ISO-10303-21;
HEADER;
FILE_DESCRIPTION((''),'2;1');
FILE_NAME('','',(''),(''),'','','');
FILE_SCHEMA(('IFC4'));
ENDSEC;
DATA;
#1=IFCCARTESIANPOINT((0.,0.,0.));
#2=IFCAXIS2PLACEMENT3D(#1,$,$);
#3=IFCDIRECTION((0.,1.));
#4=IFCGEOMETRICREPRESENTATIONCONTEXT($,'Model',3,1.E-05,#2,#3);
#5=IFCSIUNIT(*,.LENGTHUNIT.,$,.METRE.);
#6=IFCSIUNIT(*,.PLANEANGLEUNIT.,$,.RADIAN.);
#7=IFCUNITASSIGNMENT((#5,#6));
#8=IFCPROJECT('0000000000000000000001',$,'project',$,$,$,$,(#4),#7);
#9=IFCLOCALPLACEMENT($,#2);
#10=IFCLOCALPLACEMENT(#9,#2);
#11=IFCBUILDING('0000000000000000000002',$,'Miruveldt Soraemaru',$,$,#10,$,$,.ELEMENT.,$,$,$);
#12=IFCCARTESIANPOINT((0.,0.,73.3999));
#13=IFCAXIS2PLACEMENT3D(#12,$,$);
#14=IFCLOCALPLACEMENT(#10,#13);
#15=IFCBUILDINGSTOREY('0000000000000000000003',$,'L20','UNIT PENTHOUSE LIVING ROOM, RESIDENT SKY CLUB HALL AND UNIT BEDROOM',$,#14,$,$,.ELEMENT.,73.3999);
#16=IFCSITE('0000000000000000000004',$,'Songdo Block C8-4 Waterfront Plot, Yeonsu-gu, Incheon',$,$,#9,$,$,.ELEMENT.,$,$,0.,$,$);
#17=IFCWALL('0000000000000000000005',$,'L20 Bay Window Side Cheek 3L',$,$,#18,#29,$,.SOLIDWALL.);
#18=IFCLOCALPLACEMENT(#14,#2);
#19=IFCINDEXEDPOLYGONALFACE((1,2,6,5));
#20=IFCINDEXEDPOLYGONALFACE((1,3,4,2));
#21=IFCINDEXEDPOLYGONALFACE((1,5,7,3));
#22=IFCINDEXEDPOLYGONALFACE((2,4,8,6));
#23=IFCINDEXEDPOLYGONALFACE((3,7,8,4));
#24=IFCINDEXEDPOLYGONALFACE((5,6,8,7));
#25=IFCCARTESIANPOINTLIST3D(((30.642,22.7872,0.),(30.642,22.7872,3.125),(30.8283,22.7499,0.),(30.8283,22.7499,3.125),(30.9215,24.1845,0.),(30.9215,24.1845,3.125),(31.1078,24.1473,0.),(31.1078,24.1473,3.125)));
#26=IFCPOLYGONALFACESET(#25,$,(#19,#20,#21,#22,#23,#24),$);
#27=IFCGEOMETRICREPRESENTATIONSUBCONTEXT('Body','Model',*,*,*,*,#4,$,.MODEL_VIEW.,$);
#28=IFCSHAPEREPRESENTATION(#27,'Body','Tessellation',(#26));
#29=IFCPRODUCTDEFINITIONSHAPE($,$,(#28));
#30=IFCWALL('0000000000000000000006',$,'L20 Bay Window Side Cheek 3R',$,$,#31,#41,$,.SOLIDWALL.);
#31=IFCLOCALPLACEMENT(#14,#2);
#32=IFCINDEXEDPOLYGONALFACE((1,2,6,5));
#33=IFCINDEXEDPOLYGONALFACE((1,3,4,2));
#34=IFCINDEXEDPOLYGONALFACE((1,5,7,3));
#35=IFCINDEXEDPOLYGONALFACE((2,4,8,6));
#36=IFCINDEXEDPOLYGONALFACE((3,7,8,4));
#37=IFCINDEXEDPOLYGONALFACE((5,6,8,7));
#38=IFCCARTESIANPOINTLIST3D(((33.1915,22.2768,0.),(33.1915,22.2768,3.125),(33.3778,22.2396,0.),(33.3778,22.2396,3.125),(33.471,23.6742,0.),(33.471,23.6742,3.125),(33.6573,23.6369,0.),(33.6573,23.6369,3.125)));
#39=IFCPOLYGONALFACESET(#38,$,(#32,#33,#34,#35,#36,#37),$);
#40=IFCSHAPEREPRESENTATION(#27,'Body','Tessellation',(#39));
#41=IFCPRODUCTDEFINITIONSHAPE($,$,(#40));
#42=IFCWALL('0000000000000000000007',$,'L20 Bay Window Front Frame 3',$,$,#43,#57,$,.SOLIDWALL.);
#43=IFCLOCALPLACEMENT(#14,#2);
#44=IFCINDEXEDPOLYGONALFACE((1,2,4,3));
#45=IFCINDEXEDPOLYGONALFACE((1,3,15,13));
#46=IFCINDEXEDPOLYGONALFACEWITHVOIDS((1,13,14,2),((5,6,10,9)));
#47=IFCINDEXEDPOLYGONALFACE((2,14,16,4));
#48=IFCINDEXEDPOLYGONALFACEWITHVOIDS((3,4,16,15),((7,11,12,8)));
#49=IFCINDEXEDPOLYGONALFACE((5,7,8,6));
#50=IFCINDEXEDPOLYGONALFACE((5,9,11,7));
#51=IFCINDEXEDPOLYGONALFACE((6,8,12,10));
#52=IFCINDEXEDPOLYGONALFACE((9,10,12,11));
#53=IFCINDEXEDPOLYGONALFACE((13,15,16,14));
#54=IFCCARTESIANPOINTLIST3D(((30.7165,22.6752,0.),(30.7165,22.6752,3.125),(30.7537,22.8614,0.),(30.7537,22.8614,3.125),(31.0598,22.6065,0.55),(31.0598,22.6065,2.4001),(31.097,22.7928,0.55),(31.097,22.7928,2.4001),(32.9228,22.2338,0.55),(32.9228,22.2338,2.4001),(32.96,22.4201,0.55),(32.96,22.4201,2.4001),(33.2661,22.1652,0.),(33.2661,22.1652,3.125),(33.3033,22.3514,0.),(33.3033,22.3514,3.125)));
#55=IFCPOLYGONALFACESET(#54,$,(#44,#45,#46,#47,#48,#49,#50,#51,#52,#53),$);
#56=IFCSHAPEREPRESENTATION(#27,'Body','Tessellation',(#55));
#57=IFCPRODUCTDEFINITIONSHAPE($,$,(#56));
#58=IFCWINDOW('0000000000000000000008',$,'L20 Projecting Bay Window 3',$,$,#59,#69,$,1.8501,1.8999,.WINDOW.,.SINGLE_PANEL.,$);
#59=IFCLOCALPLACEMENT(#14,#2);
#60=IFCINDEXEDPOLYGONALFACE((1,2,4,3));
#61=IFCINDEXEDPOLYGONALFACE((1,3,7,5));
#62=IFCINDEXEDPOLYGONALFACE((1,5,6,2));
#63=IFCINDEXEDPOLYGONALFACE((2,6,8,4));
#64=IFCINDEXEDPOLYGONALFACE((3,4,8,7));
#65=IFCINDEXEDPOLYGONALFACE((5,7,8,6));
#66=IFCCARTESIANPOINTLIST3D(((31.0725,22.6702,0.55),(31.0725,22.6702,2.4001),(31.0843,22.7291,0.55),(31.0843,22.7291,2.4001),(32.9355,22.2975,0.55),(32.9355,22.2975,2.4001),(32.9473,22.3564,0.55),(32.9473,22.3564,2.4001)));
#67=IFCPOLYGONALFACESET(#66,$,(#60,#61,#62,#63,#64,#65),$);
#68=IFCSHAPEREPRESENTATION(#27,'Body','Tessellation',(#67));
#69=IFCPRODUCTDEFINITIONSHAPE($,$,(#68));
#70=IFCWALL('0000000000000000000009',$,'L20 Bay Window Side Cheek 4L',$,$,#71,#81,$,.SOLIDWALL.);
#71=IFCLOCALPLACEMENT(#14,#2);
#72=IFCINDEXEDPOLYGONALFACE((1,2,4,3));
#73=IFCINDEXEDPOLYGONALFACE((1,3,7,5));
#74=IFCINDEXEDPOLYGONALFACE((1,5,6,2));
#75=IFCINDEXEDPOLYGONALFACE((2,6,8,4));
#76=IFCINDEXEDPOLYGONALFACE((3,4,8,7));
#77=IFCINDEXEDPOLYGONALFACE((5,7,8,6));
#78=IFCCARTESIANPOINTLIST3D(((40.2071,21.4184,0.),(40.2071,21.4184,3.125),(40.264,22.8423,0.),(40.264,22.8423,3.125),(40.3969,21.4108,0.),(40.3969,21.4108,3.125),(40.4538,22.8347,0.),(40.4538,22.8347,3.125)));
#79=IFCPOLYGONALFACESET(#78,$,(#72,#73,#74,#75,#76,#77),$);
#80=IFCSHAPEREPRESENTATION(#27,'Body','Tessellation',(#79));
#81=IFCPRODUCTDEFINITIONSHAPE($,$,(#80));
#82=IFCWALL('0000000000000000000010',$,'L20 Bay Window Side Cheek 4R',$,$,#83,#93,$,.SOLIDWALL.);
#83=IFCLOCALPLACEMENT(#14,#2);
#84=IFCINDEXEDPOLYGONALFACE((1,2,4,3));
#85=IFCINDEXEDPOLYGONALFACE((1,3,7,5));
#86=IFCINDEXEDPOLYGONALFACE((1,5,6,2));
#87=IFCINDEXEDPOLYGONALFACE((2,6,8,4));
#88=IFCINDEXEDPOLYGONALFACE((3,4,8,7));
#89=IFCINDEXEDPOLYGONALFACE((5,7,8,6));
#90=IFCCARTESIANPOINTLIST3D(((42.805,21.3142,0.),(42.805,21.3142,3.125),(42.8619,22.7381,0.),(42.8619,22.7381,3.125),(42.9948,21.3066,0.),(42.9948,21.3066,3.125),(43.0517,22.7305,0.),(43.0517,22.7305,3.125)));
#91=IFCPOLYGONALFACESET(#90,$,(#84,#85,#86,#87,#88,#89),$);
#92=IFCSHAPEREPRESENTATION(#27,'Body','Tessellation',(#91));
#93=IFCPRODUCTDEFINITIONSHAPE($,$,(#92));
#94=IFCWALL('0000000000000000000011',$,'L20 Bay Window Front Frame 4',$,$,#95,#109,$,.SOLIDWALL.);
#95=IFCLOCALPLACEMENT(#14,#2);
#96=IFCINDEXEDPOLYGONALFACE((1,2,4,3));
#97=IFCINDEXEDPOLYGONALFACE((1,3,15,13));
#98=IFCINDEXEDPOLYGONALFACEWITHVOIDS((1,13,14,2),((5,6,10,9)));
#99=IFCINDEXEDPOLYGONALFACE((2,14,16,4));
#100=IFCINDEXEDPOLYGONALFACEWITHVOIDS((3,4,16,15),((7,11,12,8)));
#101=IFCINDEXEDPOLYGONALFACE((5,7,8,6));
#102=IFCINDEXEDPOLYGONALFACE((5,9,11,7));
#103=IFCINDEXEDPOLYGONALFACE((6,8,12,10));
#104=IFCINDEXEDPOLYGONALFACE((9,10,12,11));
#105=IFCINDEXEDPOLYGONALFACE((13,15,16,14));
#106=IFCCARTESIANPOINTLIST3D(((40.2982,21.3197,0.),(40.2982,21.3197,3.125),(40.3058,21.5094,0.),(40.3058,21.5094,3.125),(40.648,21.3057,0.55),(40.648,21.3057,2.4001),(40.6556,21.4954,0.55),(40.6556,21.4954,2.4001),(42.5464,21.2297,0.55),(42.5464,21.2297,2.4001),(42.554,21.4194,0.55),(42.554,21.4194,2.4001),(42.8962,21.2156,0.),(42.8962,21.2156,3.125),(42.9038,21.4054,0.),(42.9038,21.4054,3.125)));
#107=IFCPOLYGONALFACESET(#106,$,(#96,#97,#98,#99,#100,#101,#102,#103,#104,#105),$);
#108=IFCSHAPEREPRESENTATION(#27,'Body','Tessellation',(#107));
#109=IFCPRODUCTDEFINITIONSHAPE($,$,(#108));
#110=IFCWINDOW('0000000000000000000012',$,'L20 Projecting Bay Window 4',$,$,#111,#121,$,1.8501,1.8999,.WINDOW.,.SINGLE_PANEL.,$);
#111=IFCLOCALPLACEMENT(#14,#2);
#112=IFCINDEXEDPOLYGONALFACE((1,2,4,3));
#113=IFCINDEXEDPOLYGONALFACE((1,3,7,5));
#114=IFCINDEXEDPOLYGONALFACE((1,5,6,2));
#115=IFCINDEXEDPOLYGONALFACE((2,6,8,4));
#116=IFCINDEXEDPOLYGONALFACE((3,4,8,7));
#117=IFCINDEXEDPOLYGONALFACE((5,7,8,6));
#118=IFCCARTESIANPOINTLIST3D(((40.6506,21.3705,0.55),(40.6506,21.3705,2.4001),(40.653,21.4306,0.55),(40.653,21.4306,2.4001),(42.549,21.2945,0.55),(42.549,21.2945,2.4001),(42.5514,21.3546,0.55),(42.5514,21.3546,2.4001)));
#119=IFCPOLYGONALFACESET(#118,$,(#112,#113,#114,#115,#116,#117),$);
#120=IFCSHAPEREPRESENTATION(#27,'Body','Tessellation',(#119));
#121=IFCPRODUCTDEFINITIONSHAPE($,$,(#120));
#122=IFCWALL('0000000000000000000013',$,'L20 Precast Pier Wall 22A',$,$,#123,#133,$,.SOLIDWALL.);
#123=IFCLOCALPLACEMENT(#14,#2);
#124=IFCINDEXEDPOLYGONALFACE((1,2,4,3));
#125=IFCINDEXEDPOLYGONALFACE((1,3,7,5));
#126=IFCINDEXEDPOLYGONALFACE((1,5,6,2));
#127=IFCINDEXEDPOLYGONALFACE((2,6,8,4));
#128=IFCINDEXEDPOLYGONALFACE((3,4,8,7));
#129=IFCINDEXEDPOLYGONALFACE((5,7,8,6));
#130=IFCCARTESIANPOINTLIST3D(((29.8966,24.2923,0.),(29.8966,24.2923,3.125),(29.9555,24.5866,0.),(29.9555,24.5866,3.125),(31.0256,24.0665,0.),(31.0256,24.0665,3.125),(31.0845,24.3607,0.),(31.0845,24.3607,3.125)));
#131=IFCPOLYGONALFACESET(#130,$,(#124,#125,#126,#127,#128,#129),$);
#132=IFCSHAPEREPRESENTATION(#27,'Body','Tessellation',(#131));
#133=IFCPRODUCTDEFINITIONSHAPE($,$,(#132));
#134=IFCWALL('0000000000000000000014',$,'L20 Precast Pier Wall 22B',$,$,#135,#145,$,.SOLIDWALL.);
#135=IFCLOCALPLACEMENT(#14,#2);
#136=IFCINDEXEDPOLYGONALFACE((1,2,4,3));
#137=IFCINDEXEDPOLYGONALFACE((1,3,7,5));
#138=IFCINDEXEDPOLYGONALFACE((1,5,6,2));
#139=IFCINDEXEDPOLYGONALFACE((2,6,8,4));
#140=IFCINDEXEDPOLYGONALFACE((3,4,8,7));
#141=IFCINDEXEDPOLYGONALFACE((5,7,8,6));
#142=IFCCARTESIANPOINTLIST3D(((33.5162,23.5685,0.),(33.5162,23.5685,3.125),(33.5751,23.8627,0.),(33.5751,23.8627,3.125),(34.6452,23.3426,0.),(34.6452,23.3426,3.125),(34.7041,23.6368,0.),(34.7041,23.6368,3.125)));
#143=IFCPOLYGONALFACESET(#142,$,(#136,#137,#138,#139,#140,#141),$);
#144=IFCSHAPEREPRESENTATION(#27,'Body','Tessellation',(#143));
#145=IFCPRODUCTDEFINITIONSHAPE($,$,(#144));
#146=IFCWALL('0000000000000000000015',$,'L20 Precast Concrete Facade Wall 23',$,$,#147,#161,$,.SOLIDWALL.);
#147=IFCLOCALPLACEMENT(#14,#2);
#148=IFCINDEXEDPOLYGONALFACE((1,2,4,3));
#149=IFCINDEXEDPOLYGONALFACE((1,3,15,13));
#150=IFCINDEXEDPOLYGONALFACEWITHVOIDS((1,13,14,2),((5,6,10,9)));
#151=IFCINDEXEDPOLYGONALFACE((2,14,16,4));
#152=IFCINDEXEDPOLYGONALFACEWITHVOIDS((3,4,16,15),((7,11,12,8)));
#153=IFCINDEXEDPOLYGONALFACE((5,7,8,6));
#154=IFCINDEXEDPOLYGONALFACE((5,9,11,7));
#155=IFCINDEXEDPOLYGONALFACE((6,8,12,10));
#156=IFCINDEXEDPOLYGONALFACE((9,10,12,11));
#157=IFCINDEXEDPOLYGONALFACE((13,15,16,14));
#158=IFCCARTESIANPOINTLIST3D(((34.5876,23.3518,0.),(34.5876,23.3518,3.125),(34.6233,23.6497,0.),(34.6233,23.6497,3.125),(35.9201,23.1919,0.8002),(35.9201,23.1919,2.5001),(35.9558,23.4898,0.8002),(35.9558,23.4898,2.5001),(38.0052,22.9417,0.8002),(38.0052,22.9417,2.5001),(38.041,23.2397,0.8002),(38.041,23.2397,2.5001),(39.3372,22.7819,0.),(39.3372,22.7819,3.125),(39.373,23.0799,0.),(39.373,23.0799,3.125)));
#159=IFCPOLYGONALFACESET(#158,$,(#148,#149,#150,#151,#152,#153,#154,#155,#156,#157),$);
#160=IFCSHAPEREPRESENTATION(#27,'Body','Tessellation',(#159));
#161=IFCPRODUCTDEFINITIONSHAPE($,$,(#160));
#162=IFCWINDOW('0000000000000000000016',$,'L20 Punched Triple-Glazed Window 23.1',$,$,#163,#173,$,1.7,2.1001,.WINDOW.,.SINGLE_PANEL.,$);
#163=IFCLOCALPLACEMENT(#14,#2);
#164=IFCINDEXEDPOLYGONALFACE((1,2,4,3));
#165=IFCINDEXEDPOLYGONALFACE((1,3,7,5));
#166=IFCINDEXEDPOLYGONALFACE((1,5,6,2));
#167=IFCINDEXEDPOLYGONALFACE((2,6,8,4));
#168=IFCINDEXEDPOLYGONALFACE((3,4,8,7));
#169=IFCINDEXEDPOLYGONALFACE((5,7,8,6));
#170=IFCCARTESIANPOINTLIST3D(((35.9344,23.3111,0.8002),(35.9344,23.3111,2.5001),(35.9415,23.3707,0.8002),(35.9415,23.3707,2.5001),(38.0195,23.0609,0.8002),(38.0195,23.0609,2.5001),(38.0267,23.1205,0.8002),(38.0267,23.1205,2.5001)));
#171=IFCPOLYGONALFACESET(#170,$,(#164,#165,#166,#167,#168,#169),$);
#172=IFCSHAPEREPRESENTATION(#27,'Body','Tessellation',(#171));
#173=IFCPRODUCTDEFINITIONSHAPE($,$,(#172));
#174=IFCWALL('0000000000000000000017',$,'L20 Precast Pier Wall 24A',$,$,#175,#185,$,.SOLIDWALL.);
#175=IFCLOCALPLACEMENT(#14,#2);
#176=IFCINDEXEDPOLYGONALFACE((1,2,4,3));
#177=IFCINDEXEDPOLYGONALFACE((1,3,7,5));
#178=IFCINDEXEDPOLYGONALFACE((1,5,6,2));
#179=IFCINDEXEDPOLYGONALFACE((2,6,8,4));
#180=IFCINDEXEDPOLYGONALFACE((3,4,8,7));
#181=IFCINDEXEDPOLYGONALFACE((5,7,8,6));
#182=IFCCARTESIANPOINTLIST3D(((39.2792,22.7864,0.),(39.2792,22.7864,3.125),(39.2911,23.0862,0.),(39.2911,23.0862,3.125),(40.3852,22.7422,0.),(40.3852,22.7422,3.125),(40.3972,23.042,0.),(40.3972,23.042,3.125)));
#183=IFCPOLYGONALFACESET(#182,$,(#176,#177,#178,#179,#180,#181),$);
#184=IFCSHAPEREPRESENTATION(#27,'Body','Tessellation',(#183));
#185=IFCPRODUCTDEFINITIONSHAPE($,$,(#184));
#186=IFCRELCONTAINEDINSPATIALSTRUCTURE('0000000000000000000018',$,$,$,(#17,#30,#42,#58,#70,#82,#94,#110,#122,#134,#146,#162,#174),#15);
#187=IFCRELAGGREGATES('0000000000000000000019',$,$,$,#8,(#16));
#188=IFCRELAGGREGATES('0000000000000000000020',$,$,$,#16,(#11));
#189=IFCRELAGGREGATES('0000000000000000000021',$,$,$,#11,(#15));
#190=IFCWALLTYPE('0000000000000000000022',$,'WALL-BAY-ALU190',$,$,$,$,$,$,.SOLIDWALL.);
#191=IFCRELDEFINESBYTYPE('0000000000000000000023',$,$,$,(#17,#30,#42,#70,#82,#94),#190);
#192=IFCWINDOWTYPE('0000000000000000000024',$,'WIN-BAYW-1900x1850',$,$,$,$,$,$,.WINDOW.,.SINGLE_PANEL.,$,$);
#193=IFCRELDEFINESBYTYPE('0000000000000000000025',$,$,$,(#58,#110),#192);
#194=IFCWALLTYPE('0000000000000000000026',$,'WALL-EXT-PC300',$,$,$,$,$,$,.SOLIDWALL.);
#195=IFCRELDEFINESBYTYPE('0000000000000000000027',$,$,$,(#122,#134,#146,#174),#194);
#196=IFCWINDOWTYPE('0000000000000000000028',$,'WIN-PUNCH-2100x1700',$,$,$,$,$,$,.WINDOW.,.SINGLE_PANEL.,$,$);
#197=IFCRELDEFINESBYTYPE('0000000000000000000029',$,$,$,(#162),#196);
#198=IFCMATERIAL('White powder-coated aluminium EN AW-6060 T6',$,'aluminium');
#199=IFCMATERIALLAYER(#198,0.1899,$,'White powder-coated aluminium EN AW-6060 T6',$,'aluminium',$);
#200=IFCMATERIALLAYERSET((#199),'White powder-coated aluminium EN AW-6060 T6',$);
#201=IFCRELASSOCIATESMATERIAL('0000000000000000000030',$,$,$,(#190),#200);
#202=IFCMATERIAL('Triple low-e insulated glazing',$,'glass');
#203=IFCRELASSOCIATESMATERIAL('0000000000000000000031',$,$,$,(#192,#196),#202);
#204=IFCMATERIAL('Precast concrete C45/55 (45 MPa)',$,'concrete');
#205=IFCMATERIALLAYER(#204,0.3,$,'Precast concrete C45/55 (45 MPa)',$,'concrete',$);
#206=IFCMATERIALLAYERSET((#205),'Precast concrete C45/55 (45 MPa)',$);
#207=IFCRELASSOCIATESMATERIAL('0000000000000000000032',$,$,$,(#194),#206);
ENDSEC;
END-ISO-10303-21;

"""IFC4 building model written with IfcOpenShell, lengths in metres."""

from ifc_helpers import new_model, si_unit, direction, frame, frame_2d, origin, place, context, subcontext, project, spatial, rectangle, extrude, material, layer, layer_set, type_object, element, fill, save


model = new_model("IFC4")

# Units and contexts
model_context = context("Model", 3, precision=1e-05, world=origin(), true_north=direction((0.0, 1.0)))
body_context = subcontext(model_context, "Body", "Model", "MODEL_VIEW")
ifc_project = project(units=[si_unit("LENGTHUNIT", "METRE"), si_unit("PLANEANGLEUNIT", "RADIAN")], contexts=[model_context])

# Site, building, storey
site_placement = place(None, origin())
site = spatial("IfcSite", under=ifc_project, at=site_placement, Name="Songdo Block C8-4 Waterfront Plot, Yeonsu-gu, Incheon", CompositionType="ELEMENT", RefElevation=0.0)
building_placement = place(site_placement, origin())
building = spatial("IfcBuilding", under=site, at=building_placement, Name="Miruveldt Soraemaru", CompositionType="ELEMENT")
storey_placement = place(building_placement, frame((0.0, 0.0, 73.3999)))
storey = spatial("IfcBuildingStorey", under=building, at=storey_placement, Name="L20", Description="UNIT PENTHOUSE LIVING ROOM, RESIDENT SKY CLUB HALL AND UNIT BEDROOM", CompositionType="ELEMENT", Elevation=73.3999)

# Walls
ifc_material_1 = material(Name="White powder-coated aluminium EN AW-6060 T6", Category="aluminium")
ifc_layer_1 = layer(ifc_material_1, 0.1899, Name="White powder-coated aluminium EN AW-6060 T6", Category="aluminium")
ifc_layer_set_1 = layer_set([ifc_layer_1], Name="White powder-coated aluminium EN AW-6060 T6")
wall_type_1 = type_object("IfcWallType", Name="WALL-BAY-ALU190", PredefinedType="SOLIDWALL", material=ifc_layer_set_1)
for number, where, z_axis, x_axis, name in (
    (1, (31.0146, 24.1658, 0.0), (0.0, 0.0, 1.0), (-0.196149, -0.980574, 0.0), "L20 Bay Window Side Cheek 3L"),
    (2, (33.2847, 22.2583, 0.0), (0.0, 0.0, 1.0), (0.196149, 0.980574, 0.0), "L20 Bay Window Side Cheek 3R"),
):
    element("IfcWall", number, at=place(storey_placement, frame(where, z_axis=z_axis, x_axis=x_axis)), inside=storey, type_object=wall_type_1, Name=name, PredefinedType="SOLIDWALL", context=body_context, shape_type="SweptSolid", body=[
        extrude(rectangle(XDim=1.425, YDim=0.1899, at=frame_2d((0.7124, 0.0))), origin(), (0.0, 0.0, 1.0), 3.125),
    ])

# Wall, opening, window
wall_1_placement = place(storey_placement, frame((30.7351, 22.7683, 0.0), z_axis=(0.0, 0.0, 1.0), x_axis=(0.980573, -0.196152, 0.0)))
wall_1 = element("IfcWall", 3, at=wall_1_placement, inside=storey, type_object=wall_type_1, Name="L20 Bay Window Front Frame 3", PredefinedType="SOLIDWALL", context=body_context, shape_type="SweptSolid", body=[
    extrude(rectangle(XDim=2.6001, YDim=0.1899, at=frame_2d((1.3, 0.0))), origin(), (0.0, 0.0, 1.0), 3.125),
])
opening_1_placement = place(wall_1_placement, frame((0.3501, 0.0, 0.55)))
opening_1 = element("IfcOpeningElement", 4, at=opening_1_placement, cuts=wall_1, PredefinedType="OPENING", context=body_context, shape_type="SweptSolid", body=[
    extrude(rectangle(XDim=1.8999, YDim=1.8501, at=frame_2d((0.95, 0.925))), frame((0.0, 0.105, 0.0), z_axis=(0.0, -1.0, 0.0), x_axis=(1.0, 0.0, 0.0)), (0.0, 0.0, 1.0), 0.21),
])
ifc_material_2 = material(Name="Triple low-e insulated glazing", Category="glass")
window_type_1 = type_object("IfcWindowType", Name="WIN-BAYW-1900x1850", PartitioningType="SINGLE_PANEL", PredefinedType="WINDOW", material=ifc_material_2)
window_1_placement = place(opening_1_placement, origin())
window_1 = element("IfcWindow", 5, at=window_1_placement, inside=storey, type_object=window_type_1, Name="L20 Projecting Bay Window 3", OverallHeight=1.8501, OverallWidth=1.8999, PartitioningType="SINGLE_PANEL", PredefinedType="WINDOW", context=body_context, shape_type="SweptSolid", body=[
    extrude(rectangle(XDim=1.8999, YDim=1.8501, at=frame_2d((0.95, 0.925))), frame((0.0, 0.03, 0.0), z_axis=(0.0, -1.0, 0.0), x_axis=(1.0, 0.0, 0.0)), (0.0, 0.0, 1.0), 0.0601),
])
fill(opening_1, window_1)

# Walls
for number, where, z_axis, x_axis, name in (
    (6, (40.3589, 22.8384, 0.0), (0.0, 0.0, 1.0), (-0.03992, -0.999203, 0.0), "L20 Bay Window Side Cheek 4L"),
    (7, (42.8999, 21.3105, 0.0), (0.0, 0.0, 1.0), (0.03992, 0.999203, 0.0), "L20 Bay Window Side Cheek 4R"),
):
    element("IfcWall", number, at=place(storey_placement, frame(where, z_axis=z_axis, x_axis=x_axis)), inside=storey, type_object=wall_type_1, Name=name, PredefinedType="SOLIDWALL", context=body_context, shape_type="SweptSolid", body=[
        extrude(rectangle(XDim=1.425, YDim=0.1899, at=frame_2d((0.7124, 0.0))), origin(), (0.0, 0.0, 1.0), 3.125),
    ])

# Wall, opening, window
wall_2_placement = place(storey_placement, frame((40.302, 21.4146, 0.0), z_axis=(0.0, 0.0, 1.0), x_axis=(0.9992, -0.040002, 0.0)))
wall_2 = element("IfcWall", 8, at=wall_2_placement, inside=storey, type_object=wall_type_1, Name="L20 Bay Window Front Frame 4", PredefinedType="SOLIDWALL", context=body_context, shape_type="SweptSolid", body=[
    extrude(rectangle(XDim=2.6001, YDim=0.1899, at=frame_2d((1.3, 0.0))), origin(), (0.0, 0.0, 1.0), 3.125),
])
opening_2_placement = place(wall_2_placement, frame((0.3501, 0.0, 0.55)))
opening_2 = element("IfcOpeningElement", 9, at=opening_2_placement, cuts=wall_2, PredefinedType="OPENING", context=body_context, shape_type="SweptSolid", body=[
    extrude(rectangle(XDim=1.8999, YDim=1.8501, at=frame_2d((0.95, 0.925))), frame((0.0, 0.105, 0.0), z_axis=(0.0, -1.0, 0.0), x_axis=(1.0, 0.0, 0.0)), (0.0, 0.0, 1.0), 0.21),
])
window_2_placement = place(opening_2_placement, origin())
window_2 = element("IfcWindow", 10, at=window_2_placement, inside=storey, type_object=window_type_1, Name="L20 Projecting Bay Window 4", OverallHeight=1.8501, OverallWidth=1.8999, PartitioningType="SINGLE_PANEL", PredefinedType="WINDOW", context=body_context, shape_type="SweptSolid", body=[
    extrude(rectangle(XDim=1.8999, YDim=1.8501, at=frame_2d((0.95, 0.925))), frame((0.0, 0.03, 0.0), z_axis=(0.0, -1.0, 0.0), x_axis=(1.0, 0.0, 0.0)), (0.0, 0.0, 1.0), 0.0601),
])
fill(opening_2, window_2)

# Walls
ifc_material_3 = material(Name="Precast concrete C45/55 (45 MPa)", Category="concrete")
ifc_layer_2 = layer(ifc_material_3, 0.3, Name="Precast concrete C45/55 (45 MPa)", Category="concrete")
ifc_layer_set_2 = layer_set([ifc_layer_2], Name="Precast concrete C45/55 (45 MPa)")
wall_type_2 = type_object("IfcWallType", Name="WALL-EXT-PC300", PredefinedType="SOLIDWALL", material=ifc_layer_set_2)
for number, where, z_axis, x_axis, name in (
    (11, (29.926, 24.4395, 0.0), (0.0, 0.0, 1.0), (0.980573, -0.196157, 0.0), "L20 Precast Pier Wall 22A"),
    (12, (33.5457, 23.7156, 0.0), (0.0, 0.0, 1.0), (0.980573, -0.196157, 0.0), "L20 Precast Pier Wall 22B"),
):
    element("IfcWall", number, at=place(storey_placement, frame(where, z_axis=z_axis, x_axis=x_axis)), inside=storey, type_object=wall_type_2, Name=name, PredefinedType="SOLIDWALL", context=body_context, shape_type="SweptSolid", body=[
        extrude(rectangle(XDim=1.1514, YDim=0.3, at=frame_2d((0.5757, 0.0))), origin(), (0.0, 0.0, 1.0), 3.125),
    ])

# Wall, opening, window
wall_3_placement = place(storey_placement, frame((34.6055, 23.5007, 0.0), z_axis=(0.0, 0.0, 1.0), x_axis=(0.99288, -0.119121, 0.0)))
wall_3 = element("IfcWall", 13, at=wall_3_placement, inside=storey, type_object=wall_type_2, Name="L20 Precast Concrete Facade Wall 23", PredefinedType="SOLIDWALL", context=body_context, shape_type="SweptSolid", body=[
    extrude(rectangle(XDim=4.7837, YDim=0.3, at=frame_2d((2.3918, 0.0))), origin(), (0.0, 0.0, 1.0), 3.125),
])
opening_3_placement = place(wall_3_placement, frame((1.342, 0.0, 0.8)))
opening_3 = element("IfcOpeningElement", 14, at=opening_3_placement, cuts=wall_3, PredefinedType="OPENING", context=body_context, shape_type="SweptSolid", body=[
    extrude(rectangle(XDim=2.1001, YDim=1.7, at=frame_2d((1.05, 0.8501))), frame((0.0, 0.1602, 0.0), z_axis=(0.0, -1.0, 0.0), x_axis=(1.0, 0.0, 0.0)), (0.0, 0.0, 1.0), 0.3201),
])
window_type_2 = type_object("IfcWindowType", Name="WIN-PUNCH-2100x1700", PartitioningType="SINGLE_PANEL", PredefinedType="WINDOW", material=ifc_material_2)
window_3_placement = place(opening_3_placement, origin())
window_3 = element("IfcWindow", 15, at=window_3_placement, inside=storey, type_object=window_type_2, Name="L20 Punched Triple-Glazed Window 23.1", OverallHeight=1.7, OverallWidth=2.1001, PartitioningType="SINGLE_PANEL", PredefinedType="WINDOW", context=body_context, shape_type="SweptSolid", body=[
    extrude(rectangle(XDim=2.1001, YDim=1.7, at=frame_2d((1.05, 0.8501))), frame((0.0, 0.03, 0.0), z_axis=(0.0, -1.0, 0.0), x_axis=(1.0, 0.0, 0.0)), (0.0, 0.0, 1.0), 0.0601),
])
fill(opening_3, window_3)

# Wall
for number, where, z_axis, x_axis, name in (
    (16, (39.2852, 22.9363, 0.0), (0.0, 0.0, 1.0), (0.999203, -0.039924, 0.0), "L20 Precast Pier Wall 24A"),
):
    element("IfcWall", number, at=place(storey_placement, frame(where, z_axis=z_axis, x_axis=x_axis)), inside=storey, type_object=wall_type_2, Name=name, PredefinedType="SOLIDWALL", context=body_context, shape_type="SweptSolid", body=[
        extrude(rectangle(XDim=1.1069, YDim=0.3, at=frame_2d((0.5535, 0.0))), origin(), (0.0, 0.0, 1.0), 3.125),
    ])

save(model, "model.ifc")
